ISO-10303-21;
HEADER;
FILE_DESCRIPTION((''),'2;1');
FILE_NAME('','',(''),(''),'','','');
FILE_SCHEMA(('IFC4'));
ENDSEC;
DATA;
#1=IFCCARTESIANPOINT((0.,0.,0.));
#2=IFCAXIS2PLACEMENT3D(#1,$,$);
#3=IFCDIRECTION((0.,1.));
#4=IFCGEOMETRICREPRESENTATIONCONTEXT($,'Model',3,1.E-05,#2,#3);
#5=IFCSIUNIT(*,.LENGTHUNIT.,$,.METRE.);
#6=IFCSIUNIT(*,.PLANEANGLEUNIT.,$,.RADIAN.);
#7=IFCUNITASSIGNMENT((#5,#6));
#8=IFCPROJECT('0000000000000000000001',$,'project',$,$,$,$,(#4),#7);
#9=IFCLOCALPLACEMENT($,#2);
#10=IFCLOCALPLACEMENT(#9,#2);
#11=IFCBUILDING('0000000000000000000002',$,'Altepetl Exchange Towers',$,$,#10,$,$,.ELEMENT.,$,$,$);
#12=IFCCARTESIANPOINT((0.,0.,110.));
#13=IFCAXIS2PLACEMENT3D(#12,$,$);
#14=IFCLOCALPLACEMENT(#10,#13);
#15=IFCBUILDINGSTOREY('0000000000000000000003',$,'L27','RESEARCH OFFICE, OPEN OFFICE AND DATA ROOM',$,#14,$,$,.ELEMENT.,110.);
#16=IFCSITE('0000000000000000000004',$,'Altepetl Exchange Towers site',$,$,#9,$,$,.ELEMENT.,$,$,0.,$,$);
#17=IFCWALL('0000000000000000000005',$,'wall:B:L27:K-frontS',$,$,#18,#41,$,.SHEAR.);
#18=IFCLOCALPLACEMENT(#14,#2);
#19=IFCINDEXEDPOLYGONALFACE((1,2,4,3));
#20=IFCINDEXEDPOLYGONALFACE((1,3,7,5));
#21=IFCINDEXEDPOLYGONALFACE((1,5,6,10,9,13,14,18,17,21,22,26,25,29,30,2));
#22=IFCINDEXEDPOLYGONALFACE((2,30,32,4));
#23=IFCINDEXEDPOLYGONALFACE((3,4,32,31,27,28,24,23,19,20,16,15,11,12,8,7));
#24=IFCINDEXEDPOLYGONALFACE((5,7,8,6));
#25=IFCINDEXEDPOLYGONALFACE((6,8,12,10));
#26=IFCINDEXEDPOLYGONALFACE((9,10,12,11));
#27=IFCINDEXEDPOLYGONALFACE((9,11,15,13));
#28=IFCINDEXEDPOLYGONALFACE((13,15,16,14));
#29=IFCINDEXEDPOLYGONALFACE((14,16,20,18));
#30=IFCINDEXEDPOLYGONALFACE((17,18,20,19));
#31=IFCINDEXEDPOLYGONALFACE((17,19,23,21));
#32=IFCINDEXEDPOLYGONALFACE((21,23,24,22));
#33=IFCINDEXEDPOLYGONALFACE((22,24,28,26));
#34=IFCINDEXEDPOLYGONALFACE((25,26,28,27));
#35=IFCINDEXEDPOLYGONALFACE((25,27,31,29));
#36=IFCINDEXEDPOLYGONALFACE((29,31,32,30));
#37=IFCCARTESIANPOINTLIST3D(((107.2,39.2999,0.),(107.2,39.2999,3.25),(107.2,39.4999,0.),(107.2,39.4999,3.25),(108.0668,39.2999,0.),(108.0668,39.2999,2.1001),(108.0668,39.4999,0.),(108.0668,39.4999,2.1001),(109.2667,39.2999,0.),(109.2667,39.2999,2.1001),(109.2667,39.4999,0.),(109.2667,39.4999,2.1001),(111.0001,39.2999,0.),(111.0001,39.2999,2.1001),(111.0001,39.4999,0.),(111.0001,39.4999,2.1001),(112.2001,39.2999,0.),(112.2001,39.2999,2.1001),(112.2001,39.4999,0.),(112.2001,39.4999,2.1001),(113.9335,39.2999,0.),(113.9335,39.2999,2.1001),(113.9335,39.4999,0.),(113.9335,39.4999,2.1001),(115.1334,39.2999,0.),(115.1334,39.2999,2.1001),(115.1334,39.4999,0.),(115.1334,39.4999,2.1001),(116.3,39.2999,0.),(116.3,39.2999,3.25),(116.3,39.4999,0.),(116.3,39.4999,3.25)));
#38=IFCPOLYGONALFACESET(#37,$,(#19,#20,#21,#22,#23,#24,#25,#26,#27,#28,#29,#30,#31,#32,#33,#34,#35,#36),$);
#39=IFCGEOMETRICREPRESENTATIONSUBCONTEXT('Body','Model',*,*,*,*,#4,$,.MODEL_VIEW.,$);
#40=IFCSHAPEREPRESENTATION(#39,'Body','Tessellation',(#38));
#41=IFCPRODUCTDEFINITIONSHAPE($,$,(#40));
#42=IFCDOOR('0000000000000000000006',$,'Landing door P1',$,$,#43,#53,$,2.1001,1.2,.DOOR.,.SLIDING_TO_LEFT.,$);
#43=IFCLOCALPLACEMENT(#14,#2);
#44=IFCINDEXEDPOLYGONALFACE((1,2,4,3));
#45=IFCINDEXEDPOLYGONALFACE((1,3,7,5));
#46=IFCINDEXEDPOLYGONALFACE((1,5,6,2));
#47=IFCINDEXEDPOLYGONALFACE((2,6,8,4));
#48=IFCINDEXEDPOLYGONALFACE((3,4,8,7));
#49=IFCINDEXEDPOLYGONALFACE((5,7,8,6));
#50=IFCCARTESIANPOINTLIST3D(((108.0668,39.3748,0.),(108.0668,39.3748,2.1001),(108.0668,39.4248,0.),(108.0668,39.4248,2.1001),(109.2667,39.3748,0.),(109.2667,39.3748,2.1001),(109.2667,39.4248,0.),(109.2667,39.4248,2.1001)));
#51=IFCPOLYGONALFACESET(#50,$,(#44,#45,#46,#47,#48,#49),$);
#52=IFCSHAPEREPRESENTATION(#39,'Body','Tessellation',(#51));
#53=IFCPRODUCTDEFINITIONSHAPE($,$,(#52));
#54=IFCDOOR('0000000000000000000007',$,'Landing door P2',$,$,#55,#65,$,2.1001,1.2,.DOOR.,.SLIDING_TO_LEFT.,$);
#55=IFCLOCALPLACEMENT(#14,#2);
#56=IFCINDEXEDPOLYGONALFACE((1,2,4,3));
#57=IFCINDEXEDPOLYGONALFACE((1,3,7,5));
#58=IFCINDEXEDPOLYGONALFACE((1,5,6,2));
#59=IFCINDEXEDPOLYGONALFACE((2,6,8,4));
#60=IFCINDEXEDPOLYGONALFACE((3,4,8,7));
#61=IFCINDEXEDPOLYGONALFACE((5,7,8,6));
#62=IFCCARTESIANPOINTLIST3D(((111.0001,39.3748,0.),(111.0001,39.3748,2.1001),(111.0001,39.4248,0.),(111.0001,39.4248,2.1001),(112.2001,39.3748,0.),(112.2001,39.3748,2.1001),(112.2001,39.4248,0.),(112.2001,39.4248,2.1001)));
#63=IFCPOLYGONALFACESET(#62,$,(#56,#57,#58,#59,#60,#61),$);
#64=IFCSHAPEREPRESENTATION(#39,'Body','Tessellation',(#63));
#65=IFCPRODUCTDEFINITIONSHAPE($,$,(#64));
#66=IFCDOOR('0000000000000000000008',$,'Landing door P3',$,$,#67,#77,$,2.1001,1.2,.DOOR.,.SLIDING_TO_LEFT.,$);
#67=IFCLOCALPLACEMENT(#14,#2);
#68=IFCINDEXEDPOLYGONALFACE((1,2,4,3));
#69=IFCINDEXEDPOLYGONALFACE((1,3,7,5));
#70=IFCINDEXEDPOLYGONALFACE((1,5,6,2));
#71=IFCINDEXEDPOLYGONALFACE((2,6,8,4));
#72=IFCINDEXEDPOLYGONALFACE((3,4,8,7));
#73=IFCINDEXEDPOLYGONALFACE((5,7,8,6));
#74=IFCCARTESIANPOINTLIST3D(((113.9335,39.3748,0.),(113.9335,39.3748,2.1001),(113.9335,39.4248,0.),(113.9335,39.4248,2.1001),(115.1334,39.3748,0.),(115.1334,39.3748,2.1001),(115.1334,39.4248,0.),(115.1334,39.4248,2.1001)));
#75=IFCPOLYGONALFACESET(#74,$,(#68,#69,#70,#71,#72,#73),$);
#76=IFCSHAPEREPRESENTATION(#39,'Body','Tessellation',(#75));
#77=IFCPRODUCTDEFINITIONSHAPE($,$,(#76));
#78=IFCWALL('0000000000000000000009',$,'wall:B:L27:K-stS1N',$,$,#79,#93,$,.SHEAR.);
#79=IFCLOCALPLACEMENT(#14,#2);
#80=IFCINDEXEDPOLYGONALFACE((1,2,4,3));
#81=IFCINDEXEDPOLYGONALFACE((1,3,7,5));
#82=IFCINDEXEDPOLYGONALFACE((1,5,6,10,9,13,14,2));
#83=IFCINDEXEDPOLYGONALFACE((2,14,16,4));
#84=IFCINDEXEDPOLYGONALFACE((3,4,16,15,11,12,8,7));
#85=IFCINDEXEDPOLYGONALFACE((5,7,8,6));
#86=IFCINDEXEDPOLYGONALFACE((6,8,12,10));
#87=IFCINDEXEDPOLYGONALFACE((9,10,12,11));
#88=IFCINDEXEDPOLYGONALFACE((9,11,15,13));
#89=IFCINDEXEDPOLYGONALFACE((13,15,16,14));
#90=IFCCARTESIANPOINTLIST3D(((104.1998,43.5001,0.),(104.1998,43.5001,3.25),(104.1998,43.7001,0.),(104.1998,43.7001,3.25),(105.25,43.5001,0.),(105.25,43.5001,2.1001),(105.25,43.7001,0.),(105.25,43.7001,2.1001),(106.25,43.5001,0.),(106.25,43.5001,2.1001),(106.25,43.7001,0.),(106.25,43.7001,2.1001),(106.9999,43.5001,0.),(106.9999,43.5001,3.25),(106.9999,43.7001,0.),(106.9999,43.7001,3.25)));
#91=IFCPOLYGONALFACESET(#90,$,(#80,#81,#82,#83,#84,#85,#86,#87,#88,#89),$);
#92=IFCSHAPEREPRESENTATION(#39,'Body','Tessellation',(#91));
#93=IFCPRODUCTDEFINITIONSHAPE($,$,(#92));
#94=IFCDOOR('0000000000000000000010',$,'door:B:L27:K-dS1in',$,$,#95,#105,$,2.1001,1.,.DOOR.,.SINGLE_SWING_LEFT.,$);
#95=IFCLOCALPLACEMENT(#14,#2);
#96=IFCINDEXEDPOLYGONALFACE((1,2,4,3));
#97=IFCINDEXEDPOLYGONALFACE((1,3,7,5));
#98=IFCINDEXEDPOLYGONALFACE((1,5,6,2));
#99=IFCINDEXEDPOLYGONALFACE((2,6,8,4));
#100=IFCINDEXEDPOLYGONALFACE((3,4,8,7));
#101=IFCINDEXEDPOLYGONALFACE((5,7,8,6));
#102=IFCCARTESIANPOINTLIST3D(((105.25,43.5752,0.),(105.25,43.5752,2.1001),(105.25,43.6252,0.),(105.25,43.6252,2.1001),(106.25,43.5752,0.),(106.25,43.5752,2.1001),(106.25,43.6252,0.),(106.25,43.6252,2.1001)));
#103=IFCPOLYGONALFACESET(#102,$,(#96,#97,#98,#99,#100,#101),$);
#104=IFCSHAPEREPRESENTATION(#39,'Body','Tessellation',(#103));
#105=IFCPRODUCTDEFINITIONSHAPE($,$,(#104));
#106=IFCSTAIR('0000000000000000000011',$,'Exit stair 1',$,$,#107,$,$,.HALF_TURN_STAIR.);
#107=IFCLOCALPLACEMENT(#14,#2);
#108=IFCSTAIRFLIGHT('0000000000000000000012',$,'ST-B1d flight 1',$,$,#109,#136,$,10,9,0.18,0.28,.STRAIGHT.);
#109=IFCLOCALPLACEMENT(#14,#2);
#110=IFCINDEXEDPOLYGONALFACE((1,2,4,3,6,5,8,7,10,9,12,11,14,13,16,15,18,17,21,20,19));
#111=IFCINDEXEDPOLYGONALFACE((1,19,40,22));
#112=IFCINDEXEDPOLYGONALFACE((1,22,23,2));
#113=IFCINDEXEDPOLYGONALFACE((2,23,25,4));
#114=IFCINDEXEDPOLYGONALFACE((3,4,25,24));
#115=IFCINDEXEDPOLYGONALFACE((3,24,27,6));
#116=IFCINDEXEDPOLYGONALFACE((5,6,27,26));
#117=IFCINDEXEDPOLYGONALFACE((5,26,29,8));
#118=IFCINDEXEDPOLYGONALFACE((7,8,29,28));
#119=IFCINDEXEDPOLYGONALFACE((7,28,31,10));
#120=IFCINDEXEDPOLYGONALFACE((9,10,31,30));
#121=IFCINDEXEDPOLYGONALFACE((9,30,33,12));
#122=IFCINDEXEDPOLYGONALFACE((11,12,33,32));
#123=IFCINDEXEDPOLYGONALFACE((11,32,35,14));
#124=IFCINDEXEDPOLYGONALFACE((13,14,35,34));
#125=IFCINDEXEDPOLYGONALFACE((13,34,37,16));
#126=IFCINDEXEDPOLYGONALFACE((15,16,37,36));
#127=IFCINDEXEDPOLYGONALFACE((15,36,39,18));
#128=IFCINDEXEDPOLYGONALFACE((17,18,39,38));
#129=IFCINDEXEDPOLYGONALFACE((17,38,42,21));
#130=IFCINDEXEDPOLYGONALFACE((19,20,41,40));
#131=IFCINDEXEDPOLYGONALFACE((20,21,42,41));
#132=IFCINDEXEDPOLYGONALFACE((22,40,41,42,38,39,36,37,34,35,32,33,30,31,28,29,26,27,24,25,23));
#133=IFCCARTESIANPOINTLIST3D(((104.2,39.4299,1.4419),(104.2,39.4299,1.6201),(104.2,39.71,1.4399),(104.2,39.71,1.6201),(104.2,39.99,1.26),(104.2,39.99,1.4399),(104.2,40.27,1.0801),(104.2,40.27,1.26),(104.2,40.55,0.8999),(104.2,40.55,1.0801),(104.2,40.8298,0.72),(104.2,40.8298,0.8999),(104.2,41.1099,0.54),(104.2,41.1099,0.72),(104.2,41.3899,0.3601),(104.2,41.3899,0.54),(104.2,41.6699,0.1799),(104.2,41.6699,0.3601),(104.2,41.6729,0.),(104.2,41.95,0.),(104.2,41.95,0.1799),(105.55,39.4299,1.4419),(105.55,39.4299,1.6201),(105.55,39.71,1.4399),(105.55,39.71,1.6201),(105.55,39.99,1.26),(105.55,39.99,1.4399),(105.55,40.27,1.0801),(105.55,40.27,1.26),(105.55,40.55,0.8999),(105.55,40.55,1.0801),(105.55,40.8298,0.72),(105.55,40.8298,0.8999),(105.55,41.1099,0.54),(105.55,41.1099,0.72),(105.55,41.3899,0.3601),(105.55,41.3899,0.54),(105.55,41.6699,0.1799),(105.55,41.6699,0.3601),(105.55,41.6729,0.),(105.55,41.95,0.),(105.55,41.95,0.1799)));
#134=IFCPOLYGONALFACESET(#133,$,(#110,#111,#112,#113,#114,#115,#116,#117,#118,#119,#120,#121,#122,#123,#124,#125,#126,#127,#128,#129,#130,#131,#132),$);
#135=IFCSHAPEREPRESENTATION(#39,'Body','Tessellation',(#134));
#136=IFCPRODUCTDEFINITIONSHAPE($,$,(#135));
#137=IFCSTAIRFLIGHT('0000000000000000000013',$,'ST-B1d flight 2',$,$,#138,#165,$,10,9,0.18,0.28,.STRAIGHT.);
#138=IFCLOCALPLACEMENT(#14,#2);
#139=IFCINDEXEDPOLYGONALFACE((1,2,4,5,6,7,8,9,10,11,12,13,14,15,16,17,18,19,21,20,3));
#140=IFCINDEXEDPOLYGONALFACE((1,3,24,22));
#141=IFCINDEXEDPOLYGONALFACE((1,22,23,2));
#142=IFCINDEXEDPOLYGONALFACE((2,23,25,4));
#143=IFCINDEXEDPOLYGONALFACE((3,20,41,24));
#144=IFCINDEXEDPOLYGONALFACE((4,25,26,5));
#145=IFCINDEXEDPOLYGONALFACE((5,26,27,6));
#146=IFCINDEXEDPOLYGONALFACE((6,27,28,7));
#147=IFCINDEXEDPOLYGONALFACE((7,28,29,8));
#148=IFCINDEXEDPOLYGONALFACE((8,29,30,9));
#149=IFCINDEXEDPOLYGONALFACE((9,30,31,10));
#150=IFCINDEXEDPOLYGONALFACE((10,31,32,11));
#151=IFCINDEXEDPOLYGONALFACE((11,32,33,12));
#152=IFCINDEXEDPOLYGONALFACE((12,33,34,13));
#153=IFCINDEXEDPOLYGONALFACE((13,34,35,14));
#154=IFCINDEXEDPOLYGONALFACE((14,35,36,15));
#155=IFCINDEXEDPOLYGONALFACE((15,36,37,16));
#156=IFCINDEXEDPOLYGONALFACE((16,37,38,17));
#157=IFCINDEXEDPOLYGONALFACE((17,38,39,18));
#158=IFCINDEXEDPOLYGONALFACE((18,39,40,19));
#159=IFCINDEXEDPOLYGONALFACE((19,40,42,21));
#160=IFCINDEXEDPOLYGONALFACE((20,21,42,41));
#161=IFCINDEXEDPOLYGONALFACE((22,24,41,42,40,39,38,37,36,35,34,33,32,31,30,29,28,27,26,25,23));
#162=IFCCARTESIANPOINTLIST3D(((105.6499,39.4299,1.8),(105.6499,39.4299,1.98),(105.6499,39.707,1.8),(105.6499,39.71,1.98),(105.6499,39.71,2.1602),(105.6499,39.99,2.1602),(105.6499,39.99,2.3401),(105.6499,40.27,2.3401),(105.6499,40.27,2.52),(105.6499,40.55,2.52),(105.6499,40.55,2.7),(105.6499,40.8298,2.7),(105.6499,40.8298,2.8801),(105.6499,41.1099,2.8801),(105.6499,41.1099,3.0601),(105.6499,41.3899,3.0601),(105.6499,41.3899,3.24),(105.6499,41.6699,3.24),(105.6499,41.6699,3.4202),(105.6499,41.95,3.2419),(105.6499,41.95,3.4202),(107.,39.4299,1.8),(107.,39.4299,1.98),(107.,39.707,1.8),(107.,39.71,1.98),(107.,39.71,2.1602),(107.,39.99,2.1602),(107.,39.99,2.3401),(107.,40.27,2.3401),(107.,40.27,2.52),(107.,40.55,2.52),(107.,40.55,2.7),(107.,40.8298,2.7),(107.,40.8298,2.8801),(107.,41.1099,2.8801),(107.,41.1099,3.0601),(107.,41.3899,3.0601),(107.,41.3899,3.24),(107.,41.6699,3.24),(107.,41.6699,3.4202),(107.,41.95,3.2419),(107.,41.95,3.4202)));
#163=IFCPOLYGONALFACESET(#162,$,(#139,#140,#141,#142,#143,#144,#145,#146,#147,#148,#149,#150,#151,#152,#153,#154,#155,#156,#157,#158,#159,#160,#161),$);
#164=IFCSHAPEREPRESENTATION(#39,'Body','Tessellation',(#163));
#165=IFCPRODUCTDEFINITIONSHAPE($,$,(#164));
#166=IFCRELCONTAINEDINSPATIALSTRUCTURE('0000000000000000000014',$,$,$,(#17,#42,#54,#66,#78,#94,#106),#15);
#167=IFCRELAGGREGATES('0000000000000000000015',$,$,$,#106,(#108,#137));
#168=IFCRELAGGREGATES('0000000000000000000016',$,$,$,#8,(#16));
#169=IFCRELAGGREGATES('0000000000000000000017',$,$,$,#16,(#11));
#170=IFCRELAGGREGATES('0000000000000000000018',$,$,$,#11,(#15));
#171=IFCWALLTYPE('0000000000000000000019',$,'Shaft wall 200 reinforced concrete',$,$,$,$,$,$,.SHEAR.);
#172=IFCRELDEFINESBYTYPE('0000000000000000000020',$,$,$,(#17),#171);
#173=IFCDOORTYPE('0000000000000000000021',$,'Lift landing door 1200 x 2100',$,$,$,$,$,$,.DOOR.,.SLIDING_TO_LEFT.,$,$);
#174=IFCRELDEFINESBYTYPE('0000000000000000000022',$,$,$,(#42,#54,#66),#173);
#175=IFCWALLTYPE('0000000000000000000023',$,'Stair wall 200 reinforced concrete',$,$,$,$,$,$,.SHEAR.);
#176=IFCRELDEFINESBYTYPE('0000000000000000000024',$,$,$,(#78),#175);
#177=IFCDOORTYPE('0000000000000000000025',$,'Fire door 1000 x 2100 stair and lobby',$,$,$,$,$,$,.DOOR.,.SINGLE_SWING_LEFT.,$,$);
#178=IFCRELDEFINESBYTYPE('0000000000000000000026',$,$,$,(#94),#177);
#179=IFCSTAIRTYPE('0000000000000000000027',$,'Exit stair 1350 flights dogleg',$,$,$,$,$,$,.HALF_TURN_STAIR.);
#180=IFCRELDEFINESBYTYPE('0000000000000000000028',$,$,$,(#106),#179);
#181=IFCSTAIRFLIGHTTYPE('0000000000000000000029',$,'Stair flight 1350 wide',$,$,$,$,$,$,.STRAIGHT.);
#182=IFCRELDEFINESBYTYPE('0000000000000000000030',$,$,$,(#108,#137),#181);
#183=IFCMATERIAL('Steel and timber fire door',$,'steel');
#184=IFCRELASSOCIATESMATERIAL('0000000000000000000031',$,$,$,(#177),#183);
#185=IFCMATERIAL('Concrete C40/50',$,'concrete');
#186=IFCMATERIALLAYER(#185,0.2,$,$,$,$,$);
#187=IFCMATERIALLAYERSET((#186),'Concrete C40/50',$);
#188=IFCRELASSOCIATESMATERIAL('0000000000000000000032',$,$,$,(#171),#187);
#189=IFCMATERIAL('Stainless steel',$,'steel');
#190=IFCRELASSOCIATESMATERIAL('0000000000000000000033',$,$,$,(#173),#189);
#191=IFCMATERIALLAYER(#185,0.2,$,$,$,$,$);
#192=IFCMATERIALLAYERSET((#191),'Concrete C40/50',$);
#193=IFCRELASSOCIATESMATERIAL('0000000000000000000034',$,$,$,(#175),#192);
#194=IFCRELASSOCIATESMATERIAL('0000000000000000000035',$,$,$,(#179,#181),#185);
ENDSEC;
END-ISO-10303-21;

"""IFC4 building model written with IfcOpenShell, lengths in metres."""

from ifc_helpers import new_model, si_unit, direction, frame, frame_2d, origin, place, context, subcontext, project, spatial, polyline, rectangle, outline, extrude, material, layer, layer_set, type_object, element, fill, aggregate, save


model = new_model("IFC4")

# Units and contexts
model_context = context("Model", 3, precision=1e-05, world=origin(), true_north=direction((0.0, 1.0)))
body_context = subcontext(model_context, "Body", "Model", "MODEL_VIEW")
ifc_project = project(units=[si_unit("LENGTHUNIT", "METRE"), si_unit("PLANEANGLEUNIT", "RADIAN")], contexts=[model_context])

# Site, building, storey
site_placement = place(None, origin())
site = spatial("IfcSite", under=ifc_project, at=site_placement, Name="Altepetl Exchange Towers site", CompositionType="ELEMENT", RefElevation=0.0)
building_placement = place(site_placement, origin())
building = spatial("IfcBuilding", under=site, at=building_placement, Name="Altepetl Exchange Towers", CompositionType="ELEMENT")
storey_placement = place(building_placement, frame((0.0, 0.0, 110.0)))
storey = spatial("IfcBuildingStorey", under=building, at=storey_placement, Name="L27", Description="RESEARCH OFFICE, OPEN OFFICE AND DATA ROOM", CompositionType="ELEMENT", Elevation=110.0)

# Shared definitions
ifc_material_1 = material(Name="Steel and timber fire door", Category="steel")
door_type_1 = type_object("IfcDoorType", Name="Fire door 1000 x 2100 stair and lobby", OperationType="SINGLE_SWING_LEFT", PredefinedType="DOOR", material=ifc_material_1)

# Shared definitions
ifc_material_2 = material(Name="Concrete C40/50", Category="concrete")
ifc_layer_1 = layer(ifc_material_2, 0.2)
ifc_layer_set_1 = layer_set([ifc_layer_1], Name="Concrete C40/50")
wall_type_1 = type_object("IfcWallType", Name="Shaft wall 200 reinforced concrete", PredefinedType="SHEAR", material=ifc_layer_set_1)
ifc_material_3 = material(Name="Stainless steel", Category="steel")

# Wall, openings, doors
wall_1_placement = place(storey_placement, frame((107.2, 39.3999, 0.0)))
wall_1 = element("IfcWall", 1, at=wall_1_placement, inside=storey, type_object=wall_type_1, Name="wall:B:L27:K-frontS", PredefinedType="SHEAR", context=body_context, shape_type="SweptSolid", body=[
    extrude(rectangle(XDim=9.1001, YDim=0.2, at=frame_2d((4.55, 0.0))), origin(), (0.0, 0.0, 1.0), 3.25),
])
opening_1_placement = place(wall_1_placement, frame((0.8667, 0.0, 0.0)))
opening_1 = element("IfcOpeningElement", 2, at=opening_1_placement, cuts=wall_1, PredefinedType="OPENING", context=body_context, shape_type="SweptSolid", body=[
    extrude(rectangle(XDim=1.2, YDim=2.1001, at=frame_2d((0.6001, 1.05))), frame((0.0, 0.1099, 0.0), z_axis=(0.0, -1.0, 0.0), x_axis=(1.0, 0.0, 0.0)), (0.0, 0.0, 1.0), 0.22),
])
opening_2_placement = place(wall_1_placement, frame((3.8, 0.0, 0.0)))
opening_2 = element("IfcOpeningElement", 3, at=opening_2_placement, cuts=wall_1, PredefinedType="OPENING", context=body_context, shape_type="SweptSolid", body=[
    extrude(rectangle(XDim=1.2, YDim=2.1001, at=frame_2d((0.6001, 1.05))), frame((0.0, 0.1099, 0.0), z_axis=(0.0, -1.0, 0.0), x_axis=(1.0, 0.0, 0.0)), (0.0, 0.0, 1.0), 0.22),
])
opening_3_placement = place(wall_1_placement, frame((6.7334, 0.0, 0.0)))
opening_3 = element("IfcOpeningElement", 4, at=opening_3_placement, cuts=wall_1, PredefinedType="OPENING", context=body_context, shape_type="SweptSolid", body=[
    extrude(rectangle(XDim=1.2, YDim=2.1001, at=frame_2d((0.6001, 1.05))), frame((0.0, 0.1099, 0.0), z_axis=(0.0, -1.0, 0.0), x_axis=(1.0, 0.0, 0.0)), (0.0, 0.0, 1.0), 0.22),
])
door_type_2 = type_object("IfcDoorType", Name="Lift landing door 1200 x 2100", OperationType="SLIDING_TO_LEFT", PredefinedType="DOOR", material=ifc_material_3)
door_1_placement = place(opening_1_placement, origin())
door_1 = element("IfcDoor", 5, at=door_1_placement, inside=storey, type_object=door_type_2, Name="Landing door P1", OperationType="SLIDING_TO_LEFT", OverallHeight=2.1001, OverallWidth=1.2, PredefinedType="DOOR", context=body_context, shape_type="SweptSolid", body=[
    extrude(rectangle(XDim=1.2, YDim=2.1001, at=frame_2d((0.6001, 1.05))), frame((0.0, 0.0249, 0.0), z_axis=(0.0, -1.0, 0.0), x_axis=(1.0, 0.0, 0.0)), (0.0, 0.0, 1.0), 0.05),
])
fill(opening_1, door_1)
door_2_placement = place(opening_2_placement, origin())
door_2 = element("IfcDoor", 6, at=door_2_placement, inside=storey, type_object=door_type_2, Name="Landing door P2", OperationType="SLIDING_TO_LEFT", OverallHeight=2.1001, OverallWidth=1.2, PredefinedType="DOOR", context=body_context, shape_type="SweptSolid", body=[
    extrude(rectangle(XDim=1.2, YDim=2.1001, at=frame_2d((0.6001, 1.05))), frame((0.0, 0.0249, 0.0), z_axis=(0.0, -1.0, 0.0), x_axis=(1.0, 0.0, 0.0)), (0.0, 0.0, 1.0), 0.05),
])
fill(opening_2, door_2)
door_3_placement = place(opening_3_placement, origin())
door_3 = element("IfcDoor", 7, at=door_3_placement, inside=storey, type_object=door_type_2, Name="Landing door P3", OperationType="SLIDING_TO_LEFT", OverallHeight=2.1001, OverallWidth=1.2, PredefinedType="DOOR", context=body_context, shape_type="SweptSolid", body=[
    extrude(rectangle(XDim=1.2, YDim=2.1001, at=frame_2d((0.6001, 1.05))), frame((0.0, 0.0249, 0.0), z_axis=(0.0, -1.0, 0.0), x_axis=(1.0, 0.0, 0.0)), (0.0, 0.0, 1.0), 0.05),
])
fill(opening_3, door_3)

# Wall, opening, door
ifc_layer_2 = layer(ifc_material_2, 0.2)
ifc_layer_set_2 = layer_set([ifc_layer_2], Name="Concrete C40/50")
wall_type_2 = type_object("IfcWallType", Name="Stair wall 200 reinforced concrete", PredefinedType="SHEAR", material=ifc_layer_set_2)
wall_2_placement = place(storey_placement, frame((104.2, 43.6001, 0.0)))
wall_2 = element("IfcWall", 8, at=wall_2_placement, inside=storey, type_object=wall_type_2, Name="wall:B:L27:K-stS1N", PredefinedType="SHEAR", context=body_context, shape_type="SweptSolid", body=[
    extrude(rectangle(XDim=2.8, YDim=0.2, at=frame_2d((1.3999, 0.0))), origin(), (0.0, 0.0, 1.0), 3.25),
])
opening_4_placement = place(wall_2_placement, frame((1.05, 0.0, 0.0)))
opening_4 = element("IfcOpeningElement", 9, at=opening_4_placement, cuts=wall_2, PredefinedType="OPENING", context=body_context, shape_type="SweptSolid", body=[
    extrude(rectangle(XDim=1.0, YDim=2.1001, at=frame_2d((0.5, 1.05))), frame((0.0, 0.1099, 0.0), z_axis=(0.0, -1.0, 0.0), x_axis=(1.0, 0.0, 0.0)), (0.0, 0.0, 1.0), 0.22),
])
door_4_placement = place(opening_4_placement, frame((1.0, 0.0, 0.0), x_axis=(-1.0, 0.0, 0.0)))
door_4 = element("IfcDoor", 10, at=door_4_placement, inside=storey, type_object=door_type_1, Name="door:B:L27:K-dS1in", OperationType="SINGLE_SWING_LEFT", OverallHeight=2.1001, OverallWidth=1.0, PredefinedType="DOOR", context=body_context, shape_type="SweptSolid", body=[
    extrude(rectangle(XDim=1.0, YDim=2.1001, at=frame_2d((0.5, 1.05))), frame((0.0, 0.0249, 0.0), z_axis=(0.0, -1.0, 0.0), x_axis=(1.0, 0.0, 0.0)), (0.0, 0.0, 1.0), 0.05),
])
fill(opening_4, door_4)

# Stair, stair flights
stair_type = type_object("IfcStairType", Name="Exit stair 1350 flights dogleg", PredefinedType="HALF_TURN_STAIR", material=ifc_material_2)
stair_placement = place(storey_placement, origin())
stair = element("IfcStair", 11, at=stair_placement, inside=storey, type_object=stair_type, Name="Exit stair 1", PredefinedType="HALF_TURN_STAIR")
stair_flight_type = type_object("IfcStairFlightType", Name="Stair flight 1350 wide", PredefinedType="STRAIGHT", material=ifc_material_2)
stair_flight_1_placement = place(storey_placement, frame((104.875, 41.95, 0.0), z_axis=(0.0, 0.0, 1.0), x_axis=(0.0, -1.0, 0.0)))
stair_flight_1 = element("IfcStairFlight", 12, at=stair_flight_1_placement, type_object=stair_flight_type, Name="ST-B1d flight 1", NumberOfRisers=10, NumberOfTreads=9, PredefinedType="STRAIGHT", RiserHeight=0.18, TreadLength=0.28, context=body_context, shape_type="SweptSolid", body=[
    extrude(outline(polyline([(0.0, 0.0), (0.0, 0.1799), (0.28, 0.1799), (0.28, 0.3601), (0.5601, 0.3601), (0.5601, 0.54), (0.8401, 0.54), (0.8401, 0.72), (1.1201, 0.72), (1.1201, 0.8999), (1.3999, 0.8999), (1.3999, 1.0801), (1.6799, 1.0801), (1.6799, 1.26), (1.96, 1.26), (1.96, 1.4399), (2.24, 1.4399), (2.24, 1.6201), (2.52, 1.6201), (2.52, 1.8), (2.52, 1.4419), (0.2771, 0.0), (0.0, 0.0)])), frame((0.0, 0.675, 0.0), z_axis=(0.0, -1.0, 0.0), x_axis=(1.0, 0.0, 0.0)), (0.0, 0.0, 1.0), 1.3501),
])
stair_flight_2_placement = place(storey_placement, frame((106.325, 39.4299, 1.8), z_axis=(0.0, 0.0, 1.0), x_axis=(0.0, 1.0, 0.0)))
stair_flight_2 = element("IfcStairFlight", 13, at=stair_flight_2_placement, type_object=stair_flight_type, Name="ST-B1d flight 2", NumberOfRisers=10, NumberOfTreads=9, PredefinedType="STRAIGHT", RiserHeight=0.18, TreadLength=0.28, context=body_context, shape_type="SweptSolid", body=[
    extrude(outline(polyline([(0.0, 0.0), (0.0, 0.1799), (0.28, 0.1799), (0.28, 0.3601), (0.5601, 0.3601), (0.5601, 0.54), (0.8401, 0.54), (0.8401, 0.72), (1.1201, 0.72), (1.1201, 0.8999), (1.3999, 0.8999), (1.3999, 1.0801), (1.6799, 1.0801), (1.6799, 1.26), (1.96, 1.26), (1.96, 1.4399), (2.24, 1.4399), (2.24, 1.6201), (2.52, 1.6201), (2.52, 1.8), (2.52, 1.4419), (0.2771, 0.0), (0.0, 0.0)])), frame((0.0, 0.675, 0.0), z_axis=(0.0, -1.0, 0.0), x_axis=(1.0, 0.0, 0.0)), (0.0, 0.0, 1.0), 1.3501),
])
aggregate(stair, [stair_flight_1, stair_flight_2])

save(model, "model.ifc")
